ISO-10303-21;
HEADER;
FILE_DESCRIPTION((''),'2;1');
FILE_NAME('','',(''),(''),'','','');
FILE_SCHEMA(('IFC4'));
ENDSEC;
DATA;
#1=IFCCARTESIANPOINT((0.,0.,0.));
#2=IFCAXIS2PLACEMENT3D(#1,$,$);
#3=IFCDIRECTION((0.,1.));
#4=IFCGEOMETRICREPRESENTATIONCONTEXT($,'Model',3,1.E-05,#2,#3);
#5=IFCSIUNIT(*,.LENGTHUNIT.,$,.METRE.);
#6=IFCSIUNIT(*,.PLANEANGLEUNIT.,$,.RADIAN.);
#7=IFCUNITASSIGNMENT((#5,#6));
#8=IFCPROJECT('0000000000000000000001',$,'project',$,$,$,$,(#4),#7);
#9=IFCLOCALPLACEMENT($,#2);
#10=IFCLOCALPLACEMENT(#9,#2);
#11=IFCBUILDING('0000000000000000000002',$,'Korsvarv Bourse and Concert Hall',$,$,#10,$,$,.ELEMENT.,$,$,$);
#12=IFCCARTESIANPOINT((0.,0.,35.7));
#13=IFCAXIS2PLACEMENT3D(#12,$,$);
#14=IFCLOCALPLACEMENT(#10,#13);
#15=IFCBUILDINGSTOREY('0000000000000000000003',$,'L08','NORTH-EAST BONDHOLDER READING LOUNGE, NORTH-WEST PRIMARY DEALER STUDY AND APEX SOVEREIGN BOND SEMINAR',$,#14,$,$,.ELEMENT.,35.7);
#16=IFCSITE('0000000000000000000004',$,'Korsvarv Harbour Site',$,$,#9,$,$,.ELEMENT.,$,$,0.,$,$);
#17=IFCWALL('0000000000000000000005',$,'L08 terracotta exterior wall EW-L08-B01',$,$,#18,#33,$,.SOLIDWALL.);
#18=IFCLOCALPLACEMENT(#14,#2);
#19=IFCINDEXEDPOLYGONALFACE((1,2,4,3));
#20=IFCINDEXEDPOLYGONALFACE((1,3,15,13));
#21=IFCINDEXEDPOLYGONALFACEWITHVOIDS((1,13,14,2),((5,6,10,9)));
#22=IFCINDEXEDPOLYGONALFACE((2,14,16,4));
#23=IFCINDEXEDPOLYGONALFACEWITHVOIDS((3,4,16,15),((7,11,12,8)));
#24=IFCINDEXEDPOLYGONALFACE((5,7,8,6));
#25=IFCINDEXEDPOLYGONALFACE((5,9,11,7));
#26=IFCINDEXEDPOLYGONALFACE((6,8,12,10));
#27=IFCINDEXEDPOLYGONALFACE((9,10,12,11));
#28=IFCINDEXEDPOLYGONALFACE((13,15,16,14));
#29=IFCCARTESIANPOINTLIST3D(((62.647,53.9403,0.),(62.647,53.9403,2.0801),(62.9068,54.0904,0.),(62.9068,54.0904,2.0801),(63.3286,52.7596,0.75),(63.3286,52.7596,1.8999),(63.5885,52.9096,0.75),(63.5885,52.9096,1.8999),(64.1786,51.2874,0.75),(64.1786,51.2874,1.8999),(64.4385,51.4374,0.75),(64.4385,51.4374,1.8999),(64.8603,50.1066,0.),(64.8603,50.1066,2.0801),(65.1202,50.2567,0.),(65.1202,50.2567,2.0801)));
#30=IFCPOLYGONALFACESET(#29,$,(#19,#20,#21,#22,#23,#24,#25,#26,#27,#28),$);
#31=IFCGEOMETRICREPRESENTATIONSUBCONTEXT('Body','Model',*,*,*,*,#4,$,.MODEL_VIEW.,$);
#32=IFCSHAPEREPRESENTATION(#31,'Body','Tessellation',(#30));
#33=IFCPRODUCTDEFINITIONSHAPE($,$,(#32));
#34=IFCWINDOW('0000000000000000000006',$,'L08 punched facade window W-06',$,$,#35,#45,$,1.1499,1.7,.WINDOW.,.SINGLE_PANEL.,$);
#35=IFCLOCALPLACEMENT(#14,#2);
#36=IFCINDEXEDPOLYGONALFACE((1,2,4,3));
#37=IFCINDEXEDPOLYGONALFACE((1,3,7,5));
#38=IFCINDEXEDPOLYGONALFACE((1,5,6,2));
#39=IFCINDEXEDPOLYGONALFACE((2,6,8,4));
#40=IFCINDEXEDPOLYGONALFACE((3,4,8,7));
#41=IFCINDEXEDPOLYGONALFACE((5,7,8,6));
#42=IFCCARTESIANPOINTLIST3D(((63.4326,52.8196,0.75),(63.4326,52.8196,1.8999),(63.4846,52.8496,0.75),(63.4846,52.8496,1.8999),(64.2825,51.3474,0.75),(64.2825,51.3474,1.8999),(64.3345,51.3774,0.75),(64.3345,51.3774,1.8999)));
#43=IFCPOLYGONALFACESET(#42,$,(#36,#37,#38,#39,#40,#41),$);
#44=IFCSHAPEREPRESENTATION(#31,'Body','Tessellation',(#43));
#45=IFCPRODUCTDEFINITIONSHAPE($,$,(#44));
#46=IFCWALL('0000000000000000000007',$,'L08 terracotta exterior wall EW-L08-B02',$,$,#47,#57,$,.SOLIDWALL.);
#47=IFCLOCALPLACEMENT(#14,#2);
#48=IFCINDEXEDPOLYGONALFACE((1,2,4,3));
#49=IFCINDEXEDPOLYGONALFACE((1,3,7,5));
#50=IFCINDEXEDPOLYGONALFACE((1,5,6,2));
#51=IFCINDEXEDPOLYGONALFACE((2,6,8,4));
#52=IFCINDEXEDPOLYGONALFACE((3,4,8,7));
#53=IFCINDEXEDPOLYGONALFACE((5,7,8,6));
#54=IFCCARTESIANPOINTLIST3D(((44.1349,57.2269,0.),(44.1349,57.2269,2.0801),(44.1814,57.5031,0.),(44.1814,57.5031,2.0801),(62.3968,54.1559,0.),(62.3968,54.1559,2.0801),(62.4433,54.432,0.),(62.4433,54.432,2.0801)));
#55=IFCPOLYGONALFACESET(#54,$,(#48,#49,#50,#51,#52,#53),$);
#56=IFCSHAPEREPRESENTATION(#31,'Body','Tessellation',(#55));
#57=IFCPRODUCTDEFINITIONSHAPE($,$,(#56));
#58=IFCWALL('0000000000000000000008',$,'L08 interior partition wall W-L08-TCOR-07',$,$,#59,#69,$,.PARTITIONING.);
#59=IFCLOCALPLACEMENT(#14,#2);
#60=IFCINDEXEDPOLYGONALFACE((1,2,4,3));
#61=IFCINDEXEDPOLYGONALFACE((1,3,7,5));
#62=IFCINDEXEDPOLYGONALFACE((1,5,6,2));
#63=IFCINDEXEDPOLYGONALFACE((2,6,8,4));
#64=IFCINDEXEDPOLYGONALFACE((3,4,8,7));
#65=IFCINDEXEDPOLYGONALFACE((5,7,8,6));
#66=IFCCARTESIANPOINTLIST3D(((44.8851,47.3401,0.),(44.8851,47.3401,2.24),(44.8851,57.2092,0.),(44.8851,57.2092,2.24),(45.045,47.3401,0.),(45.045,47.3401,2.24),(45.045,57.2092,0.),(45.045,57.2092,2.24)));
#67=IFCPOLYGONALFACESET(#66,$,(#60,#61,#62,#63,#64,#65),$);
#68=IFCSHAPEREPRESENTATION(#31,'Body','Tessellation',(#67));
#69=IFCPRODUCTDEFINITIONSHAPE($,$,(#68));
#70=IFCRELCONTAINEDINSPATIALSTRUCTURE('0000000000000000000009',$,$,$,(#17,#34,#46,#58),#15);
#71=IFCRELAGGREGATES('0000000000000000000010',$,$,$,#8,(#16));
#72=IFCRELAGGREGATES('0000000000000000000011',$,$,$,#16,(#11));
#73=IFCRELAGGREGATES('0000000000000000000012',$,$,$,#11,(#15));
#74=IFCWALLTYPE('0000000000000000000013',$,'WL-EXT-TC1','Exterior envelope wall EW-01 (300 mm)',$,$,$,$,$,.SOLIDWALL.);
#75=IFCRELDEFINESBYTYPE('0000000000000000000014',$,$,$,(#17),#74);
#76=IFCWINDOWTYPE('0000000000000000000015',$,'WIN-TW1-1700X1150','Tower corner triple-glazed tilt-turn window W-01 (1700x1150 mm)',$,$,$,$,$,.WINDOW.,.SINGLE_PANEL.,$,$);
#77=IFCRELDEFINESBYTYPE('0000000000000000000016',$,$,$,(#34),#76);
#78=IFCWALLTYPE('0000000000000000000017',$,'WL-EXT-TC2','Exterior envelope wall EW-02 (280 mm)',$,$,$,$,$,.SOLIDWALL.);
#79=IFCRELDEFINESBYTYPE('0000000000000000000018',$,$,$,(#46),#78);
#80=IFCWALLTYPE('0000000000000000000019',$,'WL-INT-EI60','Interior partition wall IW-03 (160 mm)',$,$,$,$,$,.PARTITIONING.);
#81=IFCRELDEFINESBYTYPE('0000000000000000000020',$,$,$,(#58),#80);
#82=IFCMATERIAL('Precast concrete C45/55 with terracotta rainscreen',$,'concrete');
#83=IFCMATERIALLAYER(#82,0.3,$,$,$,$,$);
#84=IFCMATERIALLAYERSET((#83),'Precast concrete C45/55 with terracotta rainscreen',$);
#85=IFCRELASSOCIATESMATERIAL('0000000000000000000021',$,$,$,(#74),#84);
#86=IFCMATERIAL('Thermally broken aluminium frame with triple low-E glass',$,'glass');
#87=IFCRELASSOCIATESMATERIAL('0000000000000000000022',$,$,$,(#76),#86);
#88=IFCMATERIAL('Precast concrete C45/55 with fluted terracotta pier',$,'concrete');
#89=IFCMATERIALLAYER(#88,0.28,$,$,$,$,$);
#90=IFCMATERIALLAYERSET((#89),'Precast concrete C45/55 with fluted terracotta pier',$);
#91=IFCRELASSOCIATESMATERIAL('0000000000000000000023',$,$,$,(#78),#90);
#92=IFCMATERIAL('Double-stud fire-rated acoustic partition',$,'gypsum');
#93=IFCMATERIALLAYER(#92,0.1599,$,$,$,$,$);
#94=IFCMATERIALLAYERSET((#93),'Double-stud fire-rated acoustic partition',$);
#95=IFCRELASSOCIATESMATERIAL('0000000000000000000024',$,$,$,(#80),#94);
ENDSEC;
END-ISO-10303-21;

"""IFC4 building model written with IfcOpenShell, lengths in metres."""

from ifc_helpers import new_model, si_unit, direction, frame, frame_2d, origin, place, context, subcontext, project, spatial, rectangle, extrude, material, layer, layer_set, type_object, element, fill, save


model = new_model("IFC4")

# Units and contexts
model_context = context("Model", 3, precision=1e-05, world=origin(), true_north=direction((0.0, 1.0)))
body_context = subcontext(model_context, "Body", "Model", "MODEL_VIEW")
ifc_project = project(units=[si_unit("LENGTHUNIT", "METRE"), si_unit("PLANEANGLEUNIT", "RADIAN")], contexts=[model_context])

# Site, building, storey
site_placement = place(None, origin())
site = spatial("IfcSite", under=ifc_project, at=site_placement, Name="Korsvarv Harbour Site", CompositionType="ELEMENT", RefElevation=0.0)
building_placement = place(site_placement, origin())
building = spatial("IfcBuilding", under=site, at=building_placement, Name="Korsvarv Bourse and Concert Hall", CompositionType="ELEMENT")
storey_placement = place(building_placement, frame((0.0, 0.0, 35.7)))
storey = spatial("IfcBuildingStorey", under=building, at=storey_placement, Name="L08", Description="NORTH-EAST BONDHOLDER READING LOUNGE, NORTH-WEST PRIMARY DEALER STUDY AND APEX SOVEREIGN BOND SEMINAR", CompositionType="ELEMENT", Elevation=35.7)

# Wall, opening, window
ifc_material_1 = material(Name="Precast concrete C45/55 with terracotta rainscreen", Category="concrete")
ifc_layer_1 = layer(ifc_material_1, 0.3)
ifc_layer_set_1 = layer_set([ifc_layer_1], Name="Precast concrete C45/55 with terracotta rainscreen")
wall_type_1 = type_object("IfcWallType", Name="WL-EXT-TC1", Description="Exterior envelope wall EW-01 (300 mm)", PredefinedType="SOLIDWALL", material=ifc_layer_set_1)
wall_1_placement = place(storey_placement, frame((64.9902, 50.1816, 0.0), z_axis=(0.0, 0.0, 1.0), x_axis=(-0.499995, 0.866029, 0.0)))
wall_1 = element("IfcWall", 1, at=wall_1_placement, inside=storey, type_object=wall_type_1, Name="L08 terracotta exterior wall EW-L08-B01", PredefinedType="SOLIDWALL", context=body_context, shape_type="SweptSolid", body=[
    extrude(rectangle(XDim=4.4268, YDim=0.3, at=frame_2d((2.2134, 0.0))), origin(), (0.0, 0.0, 1.0), 2.0801),
])
opening_placement = place(wall_1_placement, frame((1.3633, 0.0, 0.75)))
opening = element("IfcOpeningElement", 2, at=opening_placement, cuts=wall_1, PredefinedType="OPENING", context=body_context, shape_type="SweptSolid", body=[
    extrude(rectangle(XDim=1.7, YDim=1.1499, at=frame_2d((0.8501, 0.575))), frame((0.0, 0.1602, 0.0), z_axis=(0.0, -1.0, 0.0), x_axis=(1.0, 0.0, 0.0)), (0.0, 0.0, 1.0), 0.3201),
])
ifc_material_2 = material(Name="Thermally broken aluminium frame with triple low-E glass", Category="glass")
window_type = type_object("IfcWindowType", Name="WIN-TW1-1700X1150", Description="Tower corner triple-glazed tilt-turn window W-01 (1700x1150 mm)", PartitioningType="SINGLE_PANEL", PredefinedType="WINDOW", material=ifc_material_2)
window_placement = place(opening_placement, origin())
window = element("IfcWindow", 3, at=window_placement, inside=storey, type_object=window_type, Name="L08 punched facade window W-06", OverallHeight=1.1499, OverallWidth=1.7, PartitioningType="SINGLE_PANEL", PredefinedType="WINDOW", context=body_context, shape_type="SweptSolid", body=[
    extrude(rectangle(XDim=1.7, YDim=1.1499, at=frame_2d((0.8501, 0.575))), frame((0.0, 0.03, 0.0), z_axis=(0.0, -1.0, 0.0), x_axis=(1.0, 0.0, 0.0)), (0.0, 0.0, 1.0), 0.0601),
])
fill(opening, window)

# Walls
ifc_material_3 = material(Name="Precast concrete C45/55 with fluted terracotta pier", Category="concrete")
ifc_layer_2 = layer(ifc_material_3, 0.28)
ifc_layer_set_2 = layer_set([ifc_layer_2], Name="Precast concrete C45/55 with fluted terracotta pier")
wall_type_2 = type_object("IfcWallType", Name="WL-EXT-TC2", Description="Exterior envelope wall EW-02 (280 mm)", PredefinedType="SOLIDWALL", material=ifc_layer_set_2)
wall_2_placement = place(storey_placement, frame((62.4202, 54.2939, 0.0), z_axis=(0.0, 0.0, 1.0), x_axis=(-0.986153, 0.165838, 0.0)))
element("IfcWall", 4, at=wall_2_placement, inside=storey, type_object=wall_type_2, Name="L08 terracotta exterior wall EW-L08-B02", PredefinedType="SOLIDWALL", context=body_context, shape_type="SweptSolid", body=[
    extrude(rectangle(XDim=18.5183, YDim=0.28, at=frame_2d((9.2593, 0.0))), origin(), (0.0, 0.0, 1.0), 2.0801),
])
ifc_material_4 = material(Name="Double-stud fire-rated acoustic partition", Category="gypsum")
ifc_layer_3 = layer(ifc_material_4, 0.1599)
ifc_layer_set_3 = layer_set([ifc_layer_3], Name="Double-stud fire-rated acoustic partition")
wall_type_3 = type_object("IfcWallType", Name="WL-INT-EI60", Description="Interior partition wall IW-03 (160 mm)", PredefinedType="PARTITIONING", material=ifc_layer_set_3)
wall_3_placement = place(storey_placement, frame((44.9651, 47.3401, 0.0), z_axis=(0.0, 0.0, 1.0), x_axis=(0.0, 1.0, 0.0)))
element("IfcWall", 5, at=wall_3_placement, inside=storey, type_object=wall_type_3, Name="L08 interior partition wall W-L08-TCOR-07", PredefinedType="PARTITIONING", context=body_context, shape_type="SweptSolid", body=[
    extrude(rectangle(XDim=9.8691, YDim=0.1599, at=frame_2d((4.9346, 0.0))), origin(), (0.0, 0.0, 1.0), 2.24),
])

save(model, "model.ifc")
